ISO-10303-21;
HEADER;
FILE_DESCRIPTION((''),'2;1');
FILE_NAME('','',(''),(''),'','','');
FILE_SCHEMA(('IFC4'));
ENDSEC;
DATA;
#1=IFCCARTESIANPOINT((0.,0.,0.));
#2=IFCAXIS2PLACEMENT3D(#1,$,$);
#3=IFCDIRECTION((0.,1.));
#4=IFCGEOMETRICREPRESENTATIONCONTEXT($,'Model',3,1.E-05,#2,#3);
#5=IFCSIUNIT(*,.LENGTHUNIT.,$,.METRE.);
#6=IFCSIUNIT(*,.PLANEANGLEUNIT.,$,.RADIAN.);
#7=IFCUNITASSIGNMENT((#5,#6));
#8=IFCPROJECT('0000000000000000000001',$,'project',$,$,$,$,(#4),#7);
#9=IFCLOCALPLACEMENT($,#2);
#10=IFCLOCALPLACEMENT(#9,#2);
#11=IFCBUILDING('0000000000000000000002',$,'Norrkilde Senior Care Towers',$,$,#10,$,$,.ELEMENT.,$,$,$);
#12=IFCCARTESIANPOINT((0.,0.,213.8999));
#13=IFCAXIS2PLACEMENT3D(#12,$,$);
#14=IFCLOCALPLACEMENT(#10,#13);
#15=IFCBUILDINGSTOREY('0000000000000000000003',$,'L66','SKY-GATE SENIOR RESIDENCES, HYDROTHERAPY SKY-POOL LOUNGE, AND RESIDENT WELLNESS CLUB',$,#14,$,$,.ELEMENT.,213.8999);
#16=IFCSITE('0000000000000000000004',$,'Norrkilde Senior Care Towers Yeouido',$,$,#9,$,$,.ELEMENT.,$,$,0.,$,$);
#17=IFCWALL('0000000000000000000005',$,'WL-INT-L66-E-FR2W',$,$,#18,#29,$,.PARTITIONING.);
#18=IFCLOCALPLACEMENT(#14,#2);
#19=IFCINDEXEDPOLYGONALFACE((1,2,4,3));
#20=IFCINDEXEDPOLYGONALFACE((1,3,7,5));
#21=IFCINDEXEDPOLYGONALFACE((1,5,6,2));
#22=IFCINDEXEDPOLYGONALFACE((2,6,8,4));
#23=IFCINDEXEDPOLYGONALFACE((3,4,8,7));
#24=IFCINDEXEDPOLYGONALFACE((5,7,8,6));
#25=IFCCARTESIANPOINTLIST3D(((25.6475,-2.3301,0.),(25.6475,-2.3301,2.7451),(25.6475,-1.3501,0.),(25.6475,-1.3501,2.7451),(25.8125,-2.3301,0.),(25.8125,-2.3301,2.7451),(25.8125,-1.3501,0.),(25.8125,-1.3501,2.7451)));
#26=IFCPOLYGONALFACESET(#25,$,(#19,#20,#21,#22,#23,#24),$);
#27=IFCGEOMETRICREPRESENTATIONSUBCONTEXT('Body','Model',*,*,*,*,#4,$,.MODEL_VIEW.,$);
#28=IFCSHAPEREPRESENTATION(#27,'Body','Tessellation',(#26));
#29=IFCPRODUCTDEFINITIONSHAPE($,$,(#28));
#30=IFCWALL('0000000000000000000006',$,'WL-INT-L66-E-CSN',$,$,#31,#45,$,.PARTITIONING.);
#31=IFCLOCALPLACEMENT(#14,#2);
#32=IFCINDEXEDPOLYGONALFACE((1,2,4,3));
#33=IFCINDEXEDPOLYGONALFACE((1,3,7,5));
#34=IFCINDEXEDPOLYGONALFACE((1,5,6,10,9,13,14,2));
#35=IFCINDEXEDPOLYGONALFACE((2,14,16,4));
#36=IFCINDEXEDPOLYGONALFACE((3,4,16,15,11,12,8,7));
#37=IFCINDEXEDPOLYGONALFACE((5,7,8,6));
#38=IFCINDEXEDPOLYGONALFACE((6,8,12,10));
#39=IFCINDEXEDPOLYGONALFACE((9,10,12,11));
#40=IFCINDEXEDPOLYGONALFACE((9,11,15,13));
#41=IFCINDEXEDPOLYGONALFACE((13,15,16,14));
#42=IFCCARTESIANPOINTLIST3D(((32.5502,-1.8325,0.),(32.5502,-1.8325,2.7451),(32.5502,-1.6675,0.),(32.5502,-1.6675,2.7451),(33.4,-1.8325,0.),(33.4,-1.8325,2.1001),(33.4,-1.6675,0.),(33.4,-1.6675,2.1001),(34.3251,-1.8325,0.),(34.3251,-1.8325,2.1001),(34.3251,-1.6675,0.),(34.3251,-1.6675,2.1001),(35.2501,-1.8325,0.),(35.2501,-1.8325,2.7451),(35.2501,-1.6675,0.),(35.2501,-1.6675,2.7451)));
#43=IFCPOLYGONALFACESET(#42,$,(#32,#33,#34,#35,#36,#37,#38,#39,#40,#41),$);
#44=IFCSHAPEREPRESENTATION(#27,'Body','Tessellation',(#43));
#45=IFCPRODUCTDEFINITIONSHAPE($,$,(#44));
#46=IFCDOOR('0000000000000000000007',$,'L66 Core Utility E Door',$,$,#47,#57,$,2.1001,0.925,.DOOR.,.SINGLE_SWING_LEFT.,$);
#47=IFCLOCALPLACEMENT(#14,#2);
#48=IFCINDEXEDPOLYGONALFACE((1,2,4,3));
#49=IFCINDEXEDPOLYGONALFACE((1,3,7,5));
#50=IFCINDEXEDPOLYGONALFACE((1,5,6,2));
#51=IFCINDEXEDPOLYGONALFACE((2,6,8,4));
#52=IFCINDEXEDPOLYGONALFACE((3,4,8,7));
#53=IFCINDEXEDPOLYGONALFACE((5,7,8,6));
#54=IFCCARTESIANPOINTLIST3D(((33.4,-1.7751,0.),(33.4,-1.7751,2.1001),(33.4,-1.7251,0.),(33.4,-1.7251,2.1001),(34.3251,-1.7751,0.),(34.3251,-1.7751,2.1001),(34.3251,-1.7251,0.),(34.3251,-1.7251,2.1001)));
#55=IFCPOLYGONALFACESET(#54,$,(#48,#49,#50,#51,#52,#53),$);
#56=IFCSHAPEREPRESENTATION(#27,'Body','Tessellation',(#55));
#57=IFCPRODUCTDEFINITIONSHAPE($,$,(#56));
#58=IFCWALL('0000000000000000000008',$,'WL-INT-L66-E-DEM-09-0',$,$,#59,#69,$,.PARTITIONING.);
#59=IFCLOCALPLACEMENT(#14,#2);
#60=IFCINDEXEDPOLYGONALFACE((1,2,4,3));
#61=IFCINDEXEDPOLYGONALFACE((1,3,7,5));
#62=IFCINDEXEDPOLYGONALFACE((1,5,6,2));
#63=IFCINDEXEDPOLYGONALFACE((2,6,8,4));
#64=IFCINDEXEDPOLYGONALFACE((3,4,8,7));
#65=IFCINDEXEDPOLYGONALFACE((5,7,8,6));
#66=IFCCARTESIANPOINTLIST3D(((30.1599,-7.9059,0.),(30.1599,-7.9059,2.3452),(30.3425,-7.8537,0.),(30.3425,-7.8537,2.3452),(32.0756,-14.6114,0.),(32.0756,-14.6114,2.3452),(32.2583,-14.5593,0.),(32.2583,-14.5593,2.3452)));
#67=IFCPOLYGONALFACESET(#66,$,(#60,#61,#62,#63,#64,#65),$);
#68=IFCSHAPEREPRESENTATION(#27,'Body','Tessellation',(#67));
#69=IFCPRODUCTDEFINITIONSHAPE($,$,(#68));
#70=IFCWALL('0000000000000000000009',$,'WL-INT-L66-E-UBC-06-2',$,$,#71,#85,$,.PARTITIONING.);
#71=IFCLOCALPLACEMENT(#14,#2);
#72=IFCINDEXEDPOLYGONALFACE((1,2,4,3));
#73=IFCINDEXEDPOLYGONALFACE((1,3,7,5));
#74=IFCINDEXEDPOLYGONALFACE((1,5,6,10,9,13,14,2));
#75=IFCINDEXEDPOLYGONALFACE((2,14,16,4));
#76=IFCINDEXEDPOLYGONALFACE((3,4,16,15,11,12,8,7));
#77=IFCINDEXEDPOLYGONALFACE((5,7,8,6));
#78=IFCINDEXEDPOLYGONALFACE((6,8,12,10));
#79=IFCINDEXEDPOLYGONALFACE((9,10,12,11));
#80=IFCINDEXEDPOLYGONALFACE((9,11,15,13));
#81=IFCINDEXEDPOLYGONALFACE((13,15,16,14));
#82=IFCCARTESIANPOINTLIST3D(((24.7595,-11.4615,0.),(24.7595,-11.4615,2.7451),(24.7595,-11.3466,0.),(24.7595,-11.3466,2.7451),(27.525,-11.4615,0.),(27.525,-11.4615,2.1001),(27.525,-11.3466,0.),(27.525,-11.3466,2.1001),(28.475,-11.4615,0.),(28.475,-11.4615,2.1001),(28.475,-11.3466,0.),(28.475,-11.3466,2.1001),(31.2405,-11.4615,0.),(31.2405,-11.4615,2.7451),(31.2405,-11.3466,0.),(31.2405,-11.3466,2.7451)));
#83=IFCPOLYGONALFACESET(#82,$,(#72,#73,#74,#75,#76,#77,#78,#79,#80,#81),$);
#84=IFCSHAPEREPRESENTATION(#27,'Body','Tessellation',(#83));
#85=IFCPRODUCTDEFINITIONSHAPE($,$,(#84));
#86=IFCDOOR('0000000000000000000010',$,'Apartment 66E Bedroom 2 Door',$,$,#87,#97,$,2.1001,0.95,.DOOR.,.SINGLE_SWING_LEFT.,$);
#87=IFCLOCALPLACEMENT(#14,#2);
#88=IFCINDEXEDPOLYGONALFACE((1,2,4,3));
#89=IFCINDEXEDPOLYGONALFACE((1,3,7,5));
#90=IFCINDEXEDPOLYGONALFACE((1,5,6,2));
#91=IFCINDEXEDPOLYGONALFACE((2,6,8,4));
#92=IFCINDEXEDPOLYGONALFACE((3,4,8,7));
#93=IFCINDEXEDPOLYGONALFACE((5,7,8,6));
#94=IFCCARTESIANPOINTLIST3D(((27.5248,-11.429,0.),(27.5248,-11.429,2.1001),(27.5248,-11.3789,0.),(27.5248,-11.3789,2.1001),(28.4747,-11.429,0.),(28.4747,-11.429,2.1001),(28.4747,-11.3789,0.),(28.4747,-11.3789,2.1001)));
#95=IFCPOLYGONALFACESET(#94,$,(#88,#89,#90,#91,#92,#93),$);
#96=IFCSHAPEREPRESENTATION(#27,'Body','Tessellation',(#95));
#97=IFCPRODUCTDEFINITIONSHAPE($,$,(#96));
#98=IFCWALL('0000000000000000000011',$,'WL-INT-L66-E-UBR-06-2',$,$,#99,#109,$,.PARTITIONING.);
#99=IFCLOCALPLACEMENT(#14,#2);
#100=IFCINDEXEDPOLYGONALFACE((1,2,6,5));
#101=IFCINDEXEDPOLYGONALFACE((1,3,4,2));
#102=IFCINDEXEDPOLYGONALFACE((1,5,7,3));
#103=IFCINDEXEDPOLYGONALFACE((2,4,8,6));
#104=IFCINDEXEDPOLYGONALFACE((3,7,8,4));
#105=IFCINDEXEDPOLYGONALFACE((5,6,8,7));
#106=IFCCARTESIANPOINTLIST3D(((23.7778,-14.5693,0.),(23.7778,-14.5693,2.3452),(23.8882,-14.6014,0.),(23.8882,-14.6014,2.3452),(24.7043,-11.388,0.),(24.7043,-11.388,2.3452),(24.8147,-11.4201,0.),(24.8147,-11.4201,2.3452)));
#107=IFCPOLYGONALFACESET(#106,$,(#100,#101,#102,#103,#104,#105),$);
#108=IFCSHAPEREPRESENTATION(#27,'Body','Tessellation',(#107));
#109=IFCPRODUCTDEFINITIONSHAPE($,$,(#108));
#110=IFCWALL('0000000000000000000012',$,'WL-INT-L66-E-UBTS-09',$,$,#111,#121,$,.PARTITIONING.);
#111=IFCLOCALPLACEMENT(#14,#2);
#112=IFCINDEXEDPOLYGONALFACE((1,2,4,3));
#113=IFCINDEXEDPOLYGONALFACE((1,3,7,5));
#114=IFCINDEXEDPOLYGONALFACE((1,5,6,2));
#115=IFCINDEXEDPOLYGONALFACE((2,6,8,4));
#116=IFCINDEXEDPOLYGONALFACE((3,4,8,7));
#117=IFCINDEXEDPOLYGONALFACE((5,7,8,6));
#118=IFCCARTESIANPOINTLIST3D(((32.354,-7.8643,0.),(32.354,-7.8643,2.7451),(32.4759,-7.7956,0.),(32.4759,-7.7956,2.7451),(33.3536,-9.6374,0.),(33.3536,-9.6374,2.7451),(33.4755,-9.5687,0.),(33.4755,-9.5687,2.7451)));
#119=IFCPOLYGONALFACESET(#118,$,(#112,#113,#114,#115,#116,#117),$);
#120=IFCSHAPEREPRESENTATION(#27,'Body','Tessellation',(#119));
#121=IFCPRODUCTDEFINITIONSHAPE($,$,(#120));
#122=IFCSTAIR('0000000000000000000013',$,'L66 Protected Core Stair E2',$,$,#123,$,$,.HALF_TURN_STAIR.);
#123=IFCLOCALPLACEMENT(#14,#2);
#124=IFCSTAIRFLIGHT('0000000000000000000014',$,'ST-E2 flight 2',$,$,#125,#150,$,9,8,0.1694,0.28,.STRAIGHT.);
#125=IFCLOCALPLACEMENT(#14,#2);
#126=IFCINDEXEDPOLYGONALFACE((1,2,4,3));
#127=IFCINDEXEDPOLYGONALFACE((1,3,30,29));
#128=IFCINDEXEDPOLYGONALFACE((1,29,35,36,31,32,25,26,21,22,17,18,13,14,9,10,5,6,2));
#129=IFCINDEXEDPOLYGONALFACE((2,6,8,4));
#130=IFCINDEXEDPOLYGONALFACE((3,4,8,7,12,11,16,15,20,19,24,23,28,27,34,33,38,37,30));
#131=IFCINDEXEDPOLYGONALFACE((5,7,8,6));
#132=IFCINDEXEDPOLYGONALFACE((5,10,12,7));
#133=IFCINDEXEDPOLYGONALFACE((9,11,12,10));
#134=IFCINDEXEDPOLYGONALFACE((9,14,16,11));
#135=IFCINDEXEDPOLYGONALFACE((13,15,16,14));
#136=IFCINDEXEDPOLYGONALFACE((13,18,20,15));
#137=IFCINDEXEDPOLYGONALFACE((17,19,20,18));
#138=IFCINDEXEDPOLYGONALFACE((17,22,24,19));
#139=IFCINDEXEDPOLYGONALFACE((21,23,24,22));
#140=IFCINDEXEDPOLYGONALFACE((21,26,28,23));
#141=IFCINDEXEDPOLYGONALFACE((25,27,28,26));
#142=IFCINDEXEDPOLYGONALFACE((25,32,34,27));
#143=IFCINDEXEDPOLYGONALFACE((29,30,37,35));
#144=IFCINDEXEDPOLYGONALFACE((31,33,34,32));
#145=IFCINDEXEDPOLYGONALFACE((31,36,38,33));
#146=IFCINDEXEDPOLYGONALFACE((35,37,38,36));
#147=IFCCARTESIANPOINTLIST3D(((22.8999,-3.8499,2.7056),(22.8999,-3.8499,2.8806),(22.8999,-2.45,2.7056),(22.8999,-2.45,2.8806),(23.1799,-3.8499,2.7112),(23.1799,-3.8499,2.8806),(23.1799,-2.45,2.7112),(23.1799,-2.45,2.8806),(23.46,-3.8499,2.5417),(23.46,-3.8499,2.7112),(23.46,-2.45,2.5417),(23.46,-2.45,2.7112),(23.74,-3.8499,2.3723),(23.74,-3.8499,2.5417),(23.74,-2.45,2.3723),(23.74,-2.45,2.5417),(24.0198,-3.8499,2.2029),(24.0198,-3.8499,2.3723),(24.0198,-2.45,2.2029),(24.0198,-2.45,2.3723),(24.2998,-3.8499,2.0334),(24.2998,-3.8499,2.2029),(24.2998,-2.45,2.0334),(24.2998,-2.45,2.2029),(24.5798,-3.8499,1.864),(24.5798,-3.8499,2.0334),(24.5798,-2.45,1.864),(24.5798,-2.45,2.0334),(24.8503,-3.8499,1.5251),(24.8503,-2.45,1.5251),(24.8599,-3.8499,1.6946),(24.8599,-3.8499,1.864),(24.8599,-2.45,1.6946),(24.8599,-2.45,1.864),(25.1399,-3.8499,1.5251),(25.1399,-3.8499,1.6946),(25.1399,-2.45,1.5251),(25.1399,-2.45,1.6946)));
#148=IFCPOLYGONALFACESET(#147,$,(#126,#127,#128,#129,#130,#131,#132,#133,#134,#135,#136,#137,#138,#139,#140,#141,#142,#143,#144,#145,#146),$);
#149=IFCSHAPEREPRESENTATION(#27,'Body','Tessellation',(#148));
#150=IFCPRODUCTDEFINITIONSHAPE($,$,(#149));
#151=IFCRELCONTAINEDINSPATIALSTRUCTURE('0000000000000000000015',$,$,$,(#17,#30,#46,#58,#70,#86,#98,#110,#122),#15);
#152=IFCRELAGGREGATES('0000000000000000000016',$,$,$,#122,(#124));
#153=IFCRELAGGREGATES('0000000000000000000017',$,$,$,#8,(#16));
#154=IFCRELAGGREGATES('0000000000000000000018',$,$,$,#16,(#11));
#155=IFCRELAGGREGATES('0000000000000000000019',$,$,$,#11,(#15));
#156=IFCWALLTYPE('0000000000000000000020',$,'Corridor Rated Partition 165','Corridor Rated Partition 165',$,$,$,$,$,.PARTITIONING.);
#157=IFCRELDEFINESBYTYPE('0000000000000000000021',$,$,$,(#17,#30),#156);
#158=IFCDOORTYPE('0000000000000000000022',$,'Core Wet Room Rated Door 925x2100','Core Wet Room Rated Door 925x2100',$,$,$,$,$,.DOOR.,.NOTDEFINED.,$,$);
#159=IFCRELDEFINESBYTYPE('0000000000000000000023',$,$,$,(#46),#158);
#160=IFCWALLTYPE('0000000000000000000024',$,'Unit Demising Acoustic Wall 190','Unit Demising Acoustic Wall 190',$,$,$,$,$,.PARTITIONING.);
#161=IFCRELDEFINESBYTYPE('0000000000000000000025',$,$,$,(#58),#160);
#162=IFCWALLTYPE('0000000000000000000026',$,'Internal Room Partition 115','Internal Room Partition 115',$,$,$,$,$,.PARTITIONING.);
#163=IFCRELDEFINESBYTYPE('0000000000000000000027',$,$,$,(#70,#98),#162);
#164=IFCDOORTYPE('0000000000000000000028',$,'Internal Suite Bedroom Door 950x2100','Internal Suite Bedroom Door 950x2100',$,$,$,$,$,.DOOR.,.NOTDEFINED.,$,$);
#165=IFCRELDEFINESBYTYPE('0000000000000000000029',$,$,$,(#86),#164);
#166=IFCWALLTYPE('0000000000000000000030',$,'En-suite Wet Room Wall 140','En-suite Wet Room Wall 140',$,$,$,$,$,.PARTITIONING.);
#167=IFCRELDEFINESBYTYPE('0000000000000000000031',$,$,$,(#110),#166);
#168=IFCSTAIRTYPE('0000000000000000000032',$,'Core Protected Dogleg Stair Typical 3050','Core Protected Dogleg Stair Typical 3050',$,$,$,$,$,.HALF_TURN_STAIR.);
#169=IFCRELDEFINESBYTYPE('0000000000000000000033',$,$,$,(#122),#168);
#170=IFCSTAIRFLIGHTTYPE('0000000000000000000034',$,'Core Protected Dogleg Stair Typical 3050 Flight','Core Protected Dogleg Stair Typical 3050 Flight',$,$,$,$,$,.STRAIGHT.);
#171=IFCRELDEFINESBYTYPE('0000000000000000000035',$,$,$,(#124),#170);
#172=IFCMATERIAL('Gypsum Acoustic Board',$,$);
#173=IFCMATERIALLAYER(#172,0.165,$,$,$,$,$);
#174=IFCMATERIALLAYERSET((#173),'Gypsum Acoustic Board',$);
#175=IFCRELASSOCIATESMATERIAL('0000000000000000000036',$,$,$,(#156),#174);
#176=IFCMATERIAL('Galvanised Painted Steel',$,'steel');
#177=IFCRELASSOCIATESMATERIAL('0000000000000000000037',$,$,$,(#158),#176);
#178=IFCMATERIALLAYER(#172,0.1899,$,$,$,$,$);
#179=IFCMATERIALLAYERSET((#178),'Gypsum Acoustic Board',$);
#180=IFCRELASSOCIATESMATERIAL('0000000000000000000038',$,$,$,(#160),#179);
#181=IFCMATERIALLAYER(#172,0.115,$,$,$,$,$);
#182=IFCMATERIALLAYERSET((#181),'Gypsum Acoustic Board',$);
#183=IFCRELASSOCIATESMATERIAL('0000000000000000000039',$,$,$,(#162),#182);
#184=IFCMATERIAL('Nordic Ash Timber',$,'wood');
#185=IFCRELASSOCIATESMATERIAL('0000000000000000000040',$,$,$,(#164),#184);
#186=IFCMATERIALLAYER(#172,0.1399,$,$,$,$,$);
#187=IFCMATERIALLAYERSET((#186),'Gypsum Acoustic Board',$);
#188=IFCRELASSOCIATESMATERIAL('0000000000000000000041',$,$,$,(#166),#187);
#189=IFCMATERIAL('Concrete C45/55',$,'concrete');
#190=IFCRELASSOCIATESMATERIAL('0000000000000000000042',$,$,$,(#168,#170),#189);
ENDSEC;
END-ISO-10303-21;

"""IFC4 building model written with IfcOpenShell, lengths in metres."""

from ifc_helpers import new_model, si_unit, direction, frame, frame_2d, origin, place, context, subcontext, project, spatial, polyline, rectangle, outline, extrude, source, transform, mapped, material, layer, layer_set, type_object, type_shapes, element, fill, aggregate, save


model = new_model("IFC4")

# Units and contexts
model_context = context("Model", 3, precision=1e-05, world=origin(), true_north=direction((0.0, 1.0)))
body_context = subcontext(model_context, "Body", "Model", "MODEL_VIEW")
ifc_project = project(units=[si_unit("LENGTHUNIT", "METRE"), si_unit("PLANEANGLEUNIT", "RADIAN")], contexts=[model_context])

# Site, building, storey
site_placement = place(None, origin())
site = spatial("IfcSite", under=ifc_project, at=site_placement, Name="Norrkilde Senior Care Towers Yeouido", CompositionType="ELEMENT", RefElevation=0.0)
building_placement = place(site_placement, origin())
building = spatial("IfcBuilding", under=site, at=building_placement, Name="Norrkilde Senior Care Towers", CompositionType="ELEMENT")
storey_placement = place(building_placement, frame((0.0, 0.0, 213.8999)))
storey = spatial("IfcBuildingStorey", under=building, at=storey_placement, Name="L66", Description="SKY-GATE SENIOR RESIDENCES, HYDROTHERAPY SKY-POOL LOUNGE, AND RESIDENT WELLNESS CLUB", CompositionType="ELEMENT", Elevation=213.8999)

# Shared definitions
ifc_material_1 = material(Name="Concrete C45/55", Category="concrete")

# Shared definitions
ifc_material_2 = material(Name="Gypsum Acoustic Board")
ifc_layer_1 = layer(ifc_material_2, 0.165)
ifc_layer_set_1 = layer_set([ifc_layer_1], Name="Gypsum Acoustic Board")
wall_type_1 = type_object("IfcWallType", Name="Corridor Rated Partition 165", Description="Corridor Rated Partition 165", PredefinedType="PARTITIONING", material=ifc_layer_set_1)
ifc_material_3 = material(Name="Galvanised Painted Steel", Category="steel")

# Wall
shared_shape_1 = source(origin(), body_context, "Body", "SweptSolid", [
    extrude(rectangle(XDim=0.98, YDim=0.165, at=frame_2d((0.49, 0.0))), origin(), (0.0, 0.0, 1.0), 2.7451),
])
wall_1_placement = place(storey_placement, frame((25.73, -2.3301, 0.0), z_axis=(0.0, 0.0, 1.0), x_axis=(0.0, 1.0, 0.0)))
element("IfcWall", 1, at=wall_1_placement, inside=storey, type_object=wall_type_1, Name="WL-INT-L66-E-FR2W", PredefinedType="PARTITIONING", context=body_context, shape_type="MappedRepresentation", body=[
    mapped(shared_shape_1, transform((0.0, 0.0, 0.0), x_axis=(1.0, 0.0, 0.0), y_axis=(0.0, 1.0, 0.0), z_axis=(0.0, 0.0, 1.0), scale=1.0)),
])

# Wall, opening, door
shared_shape_2 = source(origin(), body_context, "Body", "SweptSolid", [
    extrude(rectangle(XDim=2.7, YDim=0.165, at=frame_2d((1.3501, 0.0))), origin(), (0.0, 0.0, 1.0), 2.7451),
])
wall_2_placement = place(storey_placement, frame((32.55, -1.75, 0.0), z_axis=(0.0, 0.0, 1.0), x_axis=(1.0, 0.0, 0.0)))
wall_2 = element("IfcWall", 2, at=wall_2_placement, inside=storey, type_object=wall_type_1, Name="WL-INT-L66-E-CSN", PredefinedType="PARTITIONING", context=body_context, shape_type="MappedRepresentation", body=[
    mapped(shared_shape_2, transform((0.0, 0.0, 0.0), x_axis=(1.0, 0.0, 0.0), y_axis=(0.0, 1.0, 0.0), z_axis=(0.0, 0.0, 1.0), scale=1.0)),
])
opening_1_placement = place(wall_2_placement, frame((0.8501, 0.0, 0.0)))
opening_1 = element("IfcOpeningElement", 3, at=opening_1_placement, cuts=wall_2, PredefinedType="OPENING", context=body_context, shape_type="SweptSolid", body=[
    extrude(rectangle(XDim=0.925, YDim=2.1001, at=frame_2d((0.4624, 1.05))), frame((0.0, 0.0925, 0.0), z_axis=(0.0, -1.0, 0.0), x_axis=(1.0, 0.0, 0.0)), (0.0, 0.0, 1.0), 0.1851),
])
door_type_1 = type_object("IfcDoorType", Name="Core Wet Room Rated Door 925x2100", Description="Core Wet Room Rated Door 925x2100", OperationType="NOTDEFINED", PredefinedType="DOOR", material=ifc_material_3)
shared_shape_3 = source(origin(), body_context, "Body", "SweptSolid", [
    extrude(rectangle(XDim=0.925, YDim=2.1001, at=frame_2d((0.4624, 1.05))), frame((0.0, 0.0249, 0.0), z_axis=(0.0, -1.0, 0.0), x_axis=(1.0, 0.0, 0.0)), (0.0, 0.0, 1.0), 0.05),
])
type_shapes(door_type_1, [shared_shape_3])
door_1_placement = place(opening_1_placement, origin())
door_1 = element("IfcDoor", 4, at=door_1_placement, inside=storey, type_object=door_type_1, Name="L66 Core Utility E Door", OperationType="SINGLE_SWING_LEFT", OverallHeight=2.1001, OverallWidth=0.925, PredefinedType="DOOR", context=body_context, shape_type="MappedRepresentation", body=[
    mapped(shared_shape_3, transform((0.0, 0.0, 0.0), x_axis=(1.0, 0.0, 0.0), y_axis=(0.0, 1.0, 0.0), z_axis=(0.0, 0.0, 1.0), scale=1.0)),
])
fill(opening_1, door_1)

# Wall
ifc_layer_2 = layer(ifc_material_2, 0.1899)
ifc_layer_set_2 = layer_set([ifc_layer_2], Name="Gypsum Acoustic Board")
wall_type_2 = type_object("IfcWallType", Name="Unit Demising Acoustic Wall 190", Description="Unit Demising Acoustic Wall 190", PredefinedType="PARTITIONING", material=ifc_layer_set_2)
shared_shape_4 = source(origin(), body_context, "Body", "SweptSolid", [
    extrude(rectangle(XDim=6.9739, YDim=0.1899, at=frame_2d((3.4868, 0.0))), origin(), (0.0, 0.0, 1.0), 2.3452),
])
type_shapes(wall_type_2, [shared_shape_4])
wall_3_placement = place(storey_placement, frame((30.2512, -7.8799, 0.0), z_axis=(0.0, 0.0, 1.0), x_axis=(0.274707, -0.961528, 0.0)))
element("IfcWall", 5, at=wall_3_placement, inside=storey, type_object=wall_type_2, Name="WL-INT-L66-E-DEM-09-0", PredefinedType="PARTITIONING", context=body_context, shape_type="MappedRepresentation", body=[
    mapped(shared_shape_4, transform((0.0, 0.0, 0.0), x_axis=(1.0, 0.0, 0.0), y_axis=(0.0, 1.0, 0.0), z_axis=(0.0, 0.0, 1.0), scale=1.0)),
])

# Wall, opening, door
ifc_layer_3 = layer(ifc_material_2, 0.115)
ifc_layer_set_3 = layer_set([ifc_layer_3], Name="Gypsum Acoustic Board")
wall_type_3 = type_object("IfcWallType", Name="Internal Room Partition 115", Description="Internal Room Partition 115", PredefinedType="PARTITIONING", material=ifc_layer_set_3)
shared_shape_5 = source(origin(), body_context, "Body", "SweptSolid", [
    extrude(rectangle(XDim=6.481, YDim=0.115, at=frame_2d((3.2405, 0.0))), origin(), (0.0, 0.0, 1.0), 2.7451),
])
wall_4_placement = place(storey_placement, frame((24.7595, -11.4041, 0.0), z_axis=(0.0, 0.0, 1.0), x_axis=(1.0, 0.0, 0.0)))
wall_4 = element("IfcWall", 6, at=wall_4_placement, inside=storey, type_object=wall_type_3, Name="WL-INT-L66-E-UBC-06-2", PredefinedType="PARTITIONING", context=body_context, shape_type="MappedRepresentation", body=[
    mapped(shared_shape_5, transform((0.0, 0.0, 0.0), x_axis=(1.0, 0.0, 0.0), y_axis=(0.0, 1.0, 0.0), z_axis=(0.0, 0.0, 1.0), scale=1.0)),
])
opening_2_placement = place(wall_4_placement, frame((2.7654, 0.0, 0.0)))
opening_2 = element("IfcOpeningElement", 7, at=opening_2_placement, cuts=wall_4, PredefinedType="OPENING", context=body_context, shape_type="SweptSolid", body=[
    extrude(rectangle(XDim=0.95, YDim=2.1001, at=frame_2d((0.4751, 1.05))), frame((0.0, 0.0674, 0.0), z_axis=(0.0, -1.0, 0.0), x_axis=(1.0, 0.0, 0.0)), (0.0, 0.0, 1.0), 0.135),
])
ifc_material_4 = material(Name="Nordic Ash Timber", Category="wood")
door_type_2 = type_object("IfcDoorType", Name="Internal Suite Bedroom Door 950x2100", Description="Internal Suite Bedroom Door 950x2100", OperationType="NOTDEFINED", PredefinedType="DOOR", material=ifc_material_4)
shared_shape_6 = source(origin(), body_context, "Body", "SweptSolid", [
    extrude(rectangle(XDim=0.95, YDim=2.1001, at=frame_2d((0.4751, 1.05))), frame((0.0, 0.0249, 0.0), z_axis=(0.0, -1.0, 0.0), x_axis=(1.0, 0.0, 0.0)), (0.0, 0.0, 1.0), 0.05),
])
type_shapes(door_type_2, [shared_shape_6])
door_2_placement = place(opening_2_placement, frame((0.95, 0.0, 0.0), z_axis=(0.0, 0.0, 1.0), x_axis=(-1.0, 0.0, 0.0)))
door_2 = element("IfcDoor", 8, at=door_2_placement, inside=storey, type_object=door_type_2, Name="Apartment 66E Bedroom 2 Door", OperationType="SINGLE_SWING_LEFT", OverallHeight=2.1001, OverallWidth=0.95, PredefinedType="DOOR", context=body_context, shape_type="MappedRepresentation", body=[
    mapped(shared_shape_6, transform((0.0, 0.0, 0.0), x_axis=(1.0, 0.0, 0.0), y_axis=(0.0, 1.0, 0.0), z_axis=(0.0, 0.0, 1.0), scale=1.0)),
])
fill(opening_2, door_2)

# Walls
shared_shape_7 = source(origin(), body_context, "Body", "SweptSolid", [
    extrude(rectangle(XDim=3.3135, YDim=0.115, at=frame_2d((1.6567, 0.0))), origin(), (0.0, 0.0, 1.0), 2.3452),
])
type_shapes(wall_type_3, [shared_shape_5, shared_shape_7])
wall_5_placement = place(storey_placement, frame((24.7595, -11.4041, 0.0), z_axis=(0.0, 0.0, 1.0), x_axis=(-0.279612, -0.960113, 0.0)))
element("IfcWall", 9, at=wall_5_placement, inside=storey, type_object=wall_type_3, Name="WL-INT-L66-E-UBR-06-2", PredefinedType="PARTITIONING", context=body_context, shape_type="MappedRepresentation", body=[
    mapped(shared_shape_7, transform((0.0, 0.0, 0.0), x_axis=(1.0, 0.0, 0.0), y_axis=(0.0, 1.0, 0.0), z_axis=(0.0, 0.0, 1.0), scale=1.0)),
])
ifc_layer_4 = layer(ifc_material_2, 0.1399)
ifc_layer_set_4 = layer_set([ifc_layer_4], Name="Gypsum Acoustic Board")
wall_type_4 = type_object("IfcWallType", Name="En-suite Wet Room Wall 140", Description="En-suite Wet Room Wall 140", PredefinedType="PARTITIONING", material=ifc_layer_set_4)
shared_shape_8 = source(origin(), body_context, "Body", "SweptSolid", [
    extrude(rectangle(XDim=2.0354, YDim=0.1399, at=frame_2d((1.0176, 0.0))), origin(), (0.0, 0.0, 1.0), 2.7451),
])
type_shapes(wall_type_4, [shared_shape_8])
wall_6_placement = place(storey_placement, frame((32.415, -7.8301, 0.0), z_axis=(0.0, 0.0, 1.0), x_axis=(0.491093, -0.871107, 0.0)))
element("IfcWall", 10, at=wall_6_placement, inside=storey, type_object=wall_type_4, Name="WL-INT-L66-E-UBTS-09", PredefinedType="PARTITIONING", context=body_context, shape_type="MappedRepresentation", body=[
    mapped(shared_shape_8, transform((0.0, 0.0, 0.0), x_axis=(1.0, 0.0, 0.0), y_axis=(0.0, 1.0, 0.0), z_axis=(0.0, 0.0, 1.0), scale=1.0)),
])

# Stair, stair flight
stair_type = type_object("IfcStairType", Name="Core Protected Dogleg Stair Typical 3050", Description="Core Protected Dogleg Stair Typical 3050", PredefinedType="HALF_TURN_STAIR", material=ifc_material_1)
stair_placement = place(storey_placement, origin())
stair = element("IfcStair", 11, at=stair_placement, inside=storey, type_object=stair_type, Name="L66 Protected Core Stair E2", PredefinedType="HALF_TURN_STAIR")
stair_flight_type = type_object("IfcStairFlightType", Name="Core Protected Dogleg Stair Typical 3050 Flight", Description="Core Protected Dogleg Stair Typical 3050 Flight", PredefinedType="STRAIGHT", material=ifc_material_1)
stair_flight_placement = place(storey_placement, frame((25.1399, -3.1499, 1.5251), z_axis=(0.0, 0.0, 1.0), x_axis=(-1.0, 0.0, 0.0)))
stair_flight = element("IfcStairFlight", 12, at=stair_flight_placement, type_object=stair_flight_type, Name="ST-E2 flight 2", NumberOfRisers=9, NumberOfTreads=8, PredefinedType="STRAIGHT", RiserHeight=0.1694, TreadLength=0.28, context=body_context, shape_type="SweptSolid", body=[
    extrude(outline(polyline([(0.0, 0.0), (0.0, 0.1694), (0.28, 0.1694), (0.28, 0.3389), (0.5601, 0.3389), (0.5601, 0.5083), (0.8401, 0.5083), (0.8401, 0.6777), (1.1201, 0.6777), (1.1201, 0.8472), (1.3999, 0.8472), (1.3999, 1.0166), (1.6799, 1.0166), (1.6799, 1.186), (1.96, 1.186), (1.96, 1.3555), (2.24, 1.3555), (2.24, 1.5249), (2.24, 1.1804), (0.2896, 0.0), (0.0, 0.0)])), frame((0.0, 0.7, 0.0), z_axis=(0.0, -1.0, 0.0), x_axis=(1.0, 0.0, 0.0)), (0.0, 0.0, 1.0), 1.3999),
])
aggregate(stair, [stair_flight])

save(model, "model.ifc")
